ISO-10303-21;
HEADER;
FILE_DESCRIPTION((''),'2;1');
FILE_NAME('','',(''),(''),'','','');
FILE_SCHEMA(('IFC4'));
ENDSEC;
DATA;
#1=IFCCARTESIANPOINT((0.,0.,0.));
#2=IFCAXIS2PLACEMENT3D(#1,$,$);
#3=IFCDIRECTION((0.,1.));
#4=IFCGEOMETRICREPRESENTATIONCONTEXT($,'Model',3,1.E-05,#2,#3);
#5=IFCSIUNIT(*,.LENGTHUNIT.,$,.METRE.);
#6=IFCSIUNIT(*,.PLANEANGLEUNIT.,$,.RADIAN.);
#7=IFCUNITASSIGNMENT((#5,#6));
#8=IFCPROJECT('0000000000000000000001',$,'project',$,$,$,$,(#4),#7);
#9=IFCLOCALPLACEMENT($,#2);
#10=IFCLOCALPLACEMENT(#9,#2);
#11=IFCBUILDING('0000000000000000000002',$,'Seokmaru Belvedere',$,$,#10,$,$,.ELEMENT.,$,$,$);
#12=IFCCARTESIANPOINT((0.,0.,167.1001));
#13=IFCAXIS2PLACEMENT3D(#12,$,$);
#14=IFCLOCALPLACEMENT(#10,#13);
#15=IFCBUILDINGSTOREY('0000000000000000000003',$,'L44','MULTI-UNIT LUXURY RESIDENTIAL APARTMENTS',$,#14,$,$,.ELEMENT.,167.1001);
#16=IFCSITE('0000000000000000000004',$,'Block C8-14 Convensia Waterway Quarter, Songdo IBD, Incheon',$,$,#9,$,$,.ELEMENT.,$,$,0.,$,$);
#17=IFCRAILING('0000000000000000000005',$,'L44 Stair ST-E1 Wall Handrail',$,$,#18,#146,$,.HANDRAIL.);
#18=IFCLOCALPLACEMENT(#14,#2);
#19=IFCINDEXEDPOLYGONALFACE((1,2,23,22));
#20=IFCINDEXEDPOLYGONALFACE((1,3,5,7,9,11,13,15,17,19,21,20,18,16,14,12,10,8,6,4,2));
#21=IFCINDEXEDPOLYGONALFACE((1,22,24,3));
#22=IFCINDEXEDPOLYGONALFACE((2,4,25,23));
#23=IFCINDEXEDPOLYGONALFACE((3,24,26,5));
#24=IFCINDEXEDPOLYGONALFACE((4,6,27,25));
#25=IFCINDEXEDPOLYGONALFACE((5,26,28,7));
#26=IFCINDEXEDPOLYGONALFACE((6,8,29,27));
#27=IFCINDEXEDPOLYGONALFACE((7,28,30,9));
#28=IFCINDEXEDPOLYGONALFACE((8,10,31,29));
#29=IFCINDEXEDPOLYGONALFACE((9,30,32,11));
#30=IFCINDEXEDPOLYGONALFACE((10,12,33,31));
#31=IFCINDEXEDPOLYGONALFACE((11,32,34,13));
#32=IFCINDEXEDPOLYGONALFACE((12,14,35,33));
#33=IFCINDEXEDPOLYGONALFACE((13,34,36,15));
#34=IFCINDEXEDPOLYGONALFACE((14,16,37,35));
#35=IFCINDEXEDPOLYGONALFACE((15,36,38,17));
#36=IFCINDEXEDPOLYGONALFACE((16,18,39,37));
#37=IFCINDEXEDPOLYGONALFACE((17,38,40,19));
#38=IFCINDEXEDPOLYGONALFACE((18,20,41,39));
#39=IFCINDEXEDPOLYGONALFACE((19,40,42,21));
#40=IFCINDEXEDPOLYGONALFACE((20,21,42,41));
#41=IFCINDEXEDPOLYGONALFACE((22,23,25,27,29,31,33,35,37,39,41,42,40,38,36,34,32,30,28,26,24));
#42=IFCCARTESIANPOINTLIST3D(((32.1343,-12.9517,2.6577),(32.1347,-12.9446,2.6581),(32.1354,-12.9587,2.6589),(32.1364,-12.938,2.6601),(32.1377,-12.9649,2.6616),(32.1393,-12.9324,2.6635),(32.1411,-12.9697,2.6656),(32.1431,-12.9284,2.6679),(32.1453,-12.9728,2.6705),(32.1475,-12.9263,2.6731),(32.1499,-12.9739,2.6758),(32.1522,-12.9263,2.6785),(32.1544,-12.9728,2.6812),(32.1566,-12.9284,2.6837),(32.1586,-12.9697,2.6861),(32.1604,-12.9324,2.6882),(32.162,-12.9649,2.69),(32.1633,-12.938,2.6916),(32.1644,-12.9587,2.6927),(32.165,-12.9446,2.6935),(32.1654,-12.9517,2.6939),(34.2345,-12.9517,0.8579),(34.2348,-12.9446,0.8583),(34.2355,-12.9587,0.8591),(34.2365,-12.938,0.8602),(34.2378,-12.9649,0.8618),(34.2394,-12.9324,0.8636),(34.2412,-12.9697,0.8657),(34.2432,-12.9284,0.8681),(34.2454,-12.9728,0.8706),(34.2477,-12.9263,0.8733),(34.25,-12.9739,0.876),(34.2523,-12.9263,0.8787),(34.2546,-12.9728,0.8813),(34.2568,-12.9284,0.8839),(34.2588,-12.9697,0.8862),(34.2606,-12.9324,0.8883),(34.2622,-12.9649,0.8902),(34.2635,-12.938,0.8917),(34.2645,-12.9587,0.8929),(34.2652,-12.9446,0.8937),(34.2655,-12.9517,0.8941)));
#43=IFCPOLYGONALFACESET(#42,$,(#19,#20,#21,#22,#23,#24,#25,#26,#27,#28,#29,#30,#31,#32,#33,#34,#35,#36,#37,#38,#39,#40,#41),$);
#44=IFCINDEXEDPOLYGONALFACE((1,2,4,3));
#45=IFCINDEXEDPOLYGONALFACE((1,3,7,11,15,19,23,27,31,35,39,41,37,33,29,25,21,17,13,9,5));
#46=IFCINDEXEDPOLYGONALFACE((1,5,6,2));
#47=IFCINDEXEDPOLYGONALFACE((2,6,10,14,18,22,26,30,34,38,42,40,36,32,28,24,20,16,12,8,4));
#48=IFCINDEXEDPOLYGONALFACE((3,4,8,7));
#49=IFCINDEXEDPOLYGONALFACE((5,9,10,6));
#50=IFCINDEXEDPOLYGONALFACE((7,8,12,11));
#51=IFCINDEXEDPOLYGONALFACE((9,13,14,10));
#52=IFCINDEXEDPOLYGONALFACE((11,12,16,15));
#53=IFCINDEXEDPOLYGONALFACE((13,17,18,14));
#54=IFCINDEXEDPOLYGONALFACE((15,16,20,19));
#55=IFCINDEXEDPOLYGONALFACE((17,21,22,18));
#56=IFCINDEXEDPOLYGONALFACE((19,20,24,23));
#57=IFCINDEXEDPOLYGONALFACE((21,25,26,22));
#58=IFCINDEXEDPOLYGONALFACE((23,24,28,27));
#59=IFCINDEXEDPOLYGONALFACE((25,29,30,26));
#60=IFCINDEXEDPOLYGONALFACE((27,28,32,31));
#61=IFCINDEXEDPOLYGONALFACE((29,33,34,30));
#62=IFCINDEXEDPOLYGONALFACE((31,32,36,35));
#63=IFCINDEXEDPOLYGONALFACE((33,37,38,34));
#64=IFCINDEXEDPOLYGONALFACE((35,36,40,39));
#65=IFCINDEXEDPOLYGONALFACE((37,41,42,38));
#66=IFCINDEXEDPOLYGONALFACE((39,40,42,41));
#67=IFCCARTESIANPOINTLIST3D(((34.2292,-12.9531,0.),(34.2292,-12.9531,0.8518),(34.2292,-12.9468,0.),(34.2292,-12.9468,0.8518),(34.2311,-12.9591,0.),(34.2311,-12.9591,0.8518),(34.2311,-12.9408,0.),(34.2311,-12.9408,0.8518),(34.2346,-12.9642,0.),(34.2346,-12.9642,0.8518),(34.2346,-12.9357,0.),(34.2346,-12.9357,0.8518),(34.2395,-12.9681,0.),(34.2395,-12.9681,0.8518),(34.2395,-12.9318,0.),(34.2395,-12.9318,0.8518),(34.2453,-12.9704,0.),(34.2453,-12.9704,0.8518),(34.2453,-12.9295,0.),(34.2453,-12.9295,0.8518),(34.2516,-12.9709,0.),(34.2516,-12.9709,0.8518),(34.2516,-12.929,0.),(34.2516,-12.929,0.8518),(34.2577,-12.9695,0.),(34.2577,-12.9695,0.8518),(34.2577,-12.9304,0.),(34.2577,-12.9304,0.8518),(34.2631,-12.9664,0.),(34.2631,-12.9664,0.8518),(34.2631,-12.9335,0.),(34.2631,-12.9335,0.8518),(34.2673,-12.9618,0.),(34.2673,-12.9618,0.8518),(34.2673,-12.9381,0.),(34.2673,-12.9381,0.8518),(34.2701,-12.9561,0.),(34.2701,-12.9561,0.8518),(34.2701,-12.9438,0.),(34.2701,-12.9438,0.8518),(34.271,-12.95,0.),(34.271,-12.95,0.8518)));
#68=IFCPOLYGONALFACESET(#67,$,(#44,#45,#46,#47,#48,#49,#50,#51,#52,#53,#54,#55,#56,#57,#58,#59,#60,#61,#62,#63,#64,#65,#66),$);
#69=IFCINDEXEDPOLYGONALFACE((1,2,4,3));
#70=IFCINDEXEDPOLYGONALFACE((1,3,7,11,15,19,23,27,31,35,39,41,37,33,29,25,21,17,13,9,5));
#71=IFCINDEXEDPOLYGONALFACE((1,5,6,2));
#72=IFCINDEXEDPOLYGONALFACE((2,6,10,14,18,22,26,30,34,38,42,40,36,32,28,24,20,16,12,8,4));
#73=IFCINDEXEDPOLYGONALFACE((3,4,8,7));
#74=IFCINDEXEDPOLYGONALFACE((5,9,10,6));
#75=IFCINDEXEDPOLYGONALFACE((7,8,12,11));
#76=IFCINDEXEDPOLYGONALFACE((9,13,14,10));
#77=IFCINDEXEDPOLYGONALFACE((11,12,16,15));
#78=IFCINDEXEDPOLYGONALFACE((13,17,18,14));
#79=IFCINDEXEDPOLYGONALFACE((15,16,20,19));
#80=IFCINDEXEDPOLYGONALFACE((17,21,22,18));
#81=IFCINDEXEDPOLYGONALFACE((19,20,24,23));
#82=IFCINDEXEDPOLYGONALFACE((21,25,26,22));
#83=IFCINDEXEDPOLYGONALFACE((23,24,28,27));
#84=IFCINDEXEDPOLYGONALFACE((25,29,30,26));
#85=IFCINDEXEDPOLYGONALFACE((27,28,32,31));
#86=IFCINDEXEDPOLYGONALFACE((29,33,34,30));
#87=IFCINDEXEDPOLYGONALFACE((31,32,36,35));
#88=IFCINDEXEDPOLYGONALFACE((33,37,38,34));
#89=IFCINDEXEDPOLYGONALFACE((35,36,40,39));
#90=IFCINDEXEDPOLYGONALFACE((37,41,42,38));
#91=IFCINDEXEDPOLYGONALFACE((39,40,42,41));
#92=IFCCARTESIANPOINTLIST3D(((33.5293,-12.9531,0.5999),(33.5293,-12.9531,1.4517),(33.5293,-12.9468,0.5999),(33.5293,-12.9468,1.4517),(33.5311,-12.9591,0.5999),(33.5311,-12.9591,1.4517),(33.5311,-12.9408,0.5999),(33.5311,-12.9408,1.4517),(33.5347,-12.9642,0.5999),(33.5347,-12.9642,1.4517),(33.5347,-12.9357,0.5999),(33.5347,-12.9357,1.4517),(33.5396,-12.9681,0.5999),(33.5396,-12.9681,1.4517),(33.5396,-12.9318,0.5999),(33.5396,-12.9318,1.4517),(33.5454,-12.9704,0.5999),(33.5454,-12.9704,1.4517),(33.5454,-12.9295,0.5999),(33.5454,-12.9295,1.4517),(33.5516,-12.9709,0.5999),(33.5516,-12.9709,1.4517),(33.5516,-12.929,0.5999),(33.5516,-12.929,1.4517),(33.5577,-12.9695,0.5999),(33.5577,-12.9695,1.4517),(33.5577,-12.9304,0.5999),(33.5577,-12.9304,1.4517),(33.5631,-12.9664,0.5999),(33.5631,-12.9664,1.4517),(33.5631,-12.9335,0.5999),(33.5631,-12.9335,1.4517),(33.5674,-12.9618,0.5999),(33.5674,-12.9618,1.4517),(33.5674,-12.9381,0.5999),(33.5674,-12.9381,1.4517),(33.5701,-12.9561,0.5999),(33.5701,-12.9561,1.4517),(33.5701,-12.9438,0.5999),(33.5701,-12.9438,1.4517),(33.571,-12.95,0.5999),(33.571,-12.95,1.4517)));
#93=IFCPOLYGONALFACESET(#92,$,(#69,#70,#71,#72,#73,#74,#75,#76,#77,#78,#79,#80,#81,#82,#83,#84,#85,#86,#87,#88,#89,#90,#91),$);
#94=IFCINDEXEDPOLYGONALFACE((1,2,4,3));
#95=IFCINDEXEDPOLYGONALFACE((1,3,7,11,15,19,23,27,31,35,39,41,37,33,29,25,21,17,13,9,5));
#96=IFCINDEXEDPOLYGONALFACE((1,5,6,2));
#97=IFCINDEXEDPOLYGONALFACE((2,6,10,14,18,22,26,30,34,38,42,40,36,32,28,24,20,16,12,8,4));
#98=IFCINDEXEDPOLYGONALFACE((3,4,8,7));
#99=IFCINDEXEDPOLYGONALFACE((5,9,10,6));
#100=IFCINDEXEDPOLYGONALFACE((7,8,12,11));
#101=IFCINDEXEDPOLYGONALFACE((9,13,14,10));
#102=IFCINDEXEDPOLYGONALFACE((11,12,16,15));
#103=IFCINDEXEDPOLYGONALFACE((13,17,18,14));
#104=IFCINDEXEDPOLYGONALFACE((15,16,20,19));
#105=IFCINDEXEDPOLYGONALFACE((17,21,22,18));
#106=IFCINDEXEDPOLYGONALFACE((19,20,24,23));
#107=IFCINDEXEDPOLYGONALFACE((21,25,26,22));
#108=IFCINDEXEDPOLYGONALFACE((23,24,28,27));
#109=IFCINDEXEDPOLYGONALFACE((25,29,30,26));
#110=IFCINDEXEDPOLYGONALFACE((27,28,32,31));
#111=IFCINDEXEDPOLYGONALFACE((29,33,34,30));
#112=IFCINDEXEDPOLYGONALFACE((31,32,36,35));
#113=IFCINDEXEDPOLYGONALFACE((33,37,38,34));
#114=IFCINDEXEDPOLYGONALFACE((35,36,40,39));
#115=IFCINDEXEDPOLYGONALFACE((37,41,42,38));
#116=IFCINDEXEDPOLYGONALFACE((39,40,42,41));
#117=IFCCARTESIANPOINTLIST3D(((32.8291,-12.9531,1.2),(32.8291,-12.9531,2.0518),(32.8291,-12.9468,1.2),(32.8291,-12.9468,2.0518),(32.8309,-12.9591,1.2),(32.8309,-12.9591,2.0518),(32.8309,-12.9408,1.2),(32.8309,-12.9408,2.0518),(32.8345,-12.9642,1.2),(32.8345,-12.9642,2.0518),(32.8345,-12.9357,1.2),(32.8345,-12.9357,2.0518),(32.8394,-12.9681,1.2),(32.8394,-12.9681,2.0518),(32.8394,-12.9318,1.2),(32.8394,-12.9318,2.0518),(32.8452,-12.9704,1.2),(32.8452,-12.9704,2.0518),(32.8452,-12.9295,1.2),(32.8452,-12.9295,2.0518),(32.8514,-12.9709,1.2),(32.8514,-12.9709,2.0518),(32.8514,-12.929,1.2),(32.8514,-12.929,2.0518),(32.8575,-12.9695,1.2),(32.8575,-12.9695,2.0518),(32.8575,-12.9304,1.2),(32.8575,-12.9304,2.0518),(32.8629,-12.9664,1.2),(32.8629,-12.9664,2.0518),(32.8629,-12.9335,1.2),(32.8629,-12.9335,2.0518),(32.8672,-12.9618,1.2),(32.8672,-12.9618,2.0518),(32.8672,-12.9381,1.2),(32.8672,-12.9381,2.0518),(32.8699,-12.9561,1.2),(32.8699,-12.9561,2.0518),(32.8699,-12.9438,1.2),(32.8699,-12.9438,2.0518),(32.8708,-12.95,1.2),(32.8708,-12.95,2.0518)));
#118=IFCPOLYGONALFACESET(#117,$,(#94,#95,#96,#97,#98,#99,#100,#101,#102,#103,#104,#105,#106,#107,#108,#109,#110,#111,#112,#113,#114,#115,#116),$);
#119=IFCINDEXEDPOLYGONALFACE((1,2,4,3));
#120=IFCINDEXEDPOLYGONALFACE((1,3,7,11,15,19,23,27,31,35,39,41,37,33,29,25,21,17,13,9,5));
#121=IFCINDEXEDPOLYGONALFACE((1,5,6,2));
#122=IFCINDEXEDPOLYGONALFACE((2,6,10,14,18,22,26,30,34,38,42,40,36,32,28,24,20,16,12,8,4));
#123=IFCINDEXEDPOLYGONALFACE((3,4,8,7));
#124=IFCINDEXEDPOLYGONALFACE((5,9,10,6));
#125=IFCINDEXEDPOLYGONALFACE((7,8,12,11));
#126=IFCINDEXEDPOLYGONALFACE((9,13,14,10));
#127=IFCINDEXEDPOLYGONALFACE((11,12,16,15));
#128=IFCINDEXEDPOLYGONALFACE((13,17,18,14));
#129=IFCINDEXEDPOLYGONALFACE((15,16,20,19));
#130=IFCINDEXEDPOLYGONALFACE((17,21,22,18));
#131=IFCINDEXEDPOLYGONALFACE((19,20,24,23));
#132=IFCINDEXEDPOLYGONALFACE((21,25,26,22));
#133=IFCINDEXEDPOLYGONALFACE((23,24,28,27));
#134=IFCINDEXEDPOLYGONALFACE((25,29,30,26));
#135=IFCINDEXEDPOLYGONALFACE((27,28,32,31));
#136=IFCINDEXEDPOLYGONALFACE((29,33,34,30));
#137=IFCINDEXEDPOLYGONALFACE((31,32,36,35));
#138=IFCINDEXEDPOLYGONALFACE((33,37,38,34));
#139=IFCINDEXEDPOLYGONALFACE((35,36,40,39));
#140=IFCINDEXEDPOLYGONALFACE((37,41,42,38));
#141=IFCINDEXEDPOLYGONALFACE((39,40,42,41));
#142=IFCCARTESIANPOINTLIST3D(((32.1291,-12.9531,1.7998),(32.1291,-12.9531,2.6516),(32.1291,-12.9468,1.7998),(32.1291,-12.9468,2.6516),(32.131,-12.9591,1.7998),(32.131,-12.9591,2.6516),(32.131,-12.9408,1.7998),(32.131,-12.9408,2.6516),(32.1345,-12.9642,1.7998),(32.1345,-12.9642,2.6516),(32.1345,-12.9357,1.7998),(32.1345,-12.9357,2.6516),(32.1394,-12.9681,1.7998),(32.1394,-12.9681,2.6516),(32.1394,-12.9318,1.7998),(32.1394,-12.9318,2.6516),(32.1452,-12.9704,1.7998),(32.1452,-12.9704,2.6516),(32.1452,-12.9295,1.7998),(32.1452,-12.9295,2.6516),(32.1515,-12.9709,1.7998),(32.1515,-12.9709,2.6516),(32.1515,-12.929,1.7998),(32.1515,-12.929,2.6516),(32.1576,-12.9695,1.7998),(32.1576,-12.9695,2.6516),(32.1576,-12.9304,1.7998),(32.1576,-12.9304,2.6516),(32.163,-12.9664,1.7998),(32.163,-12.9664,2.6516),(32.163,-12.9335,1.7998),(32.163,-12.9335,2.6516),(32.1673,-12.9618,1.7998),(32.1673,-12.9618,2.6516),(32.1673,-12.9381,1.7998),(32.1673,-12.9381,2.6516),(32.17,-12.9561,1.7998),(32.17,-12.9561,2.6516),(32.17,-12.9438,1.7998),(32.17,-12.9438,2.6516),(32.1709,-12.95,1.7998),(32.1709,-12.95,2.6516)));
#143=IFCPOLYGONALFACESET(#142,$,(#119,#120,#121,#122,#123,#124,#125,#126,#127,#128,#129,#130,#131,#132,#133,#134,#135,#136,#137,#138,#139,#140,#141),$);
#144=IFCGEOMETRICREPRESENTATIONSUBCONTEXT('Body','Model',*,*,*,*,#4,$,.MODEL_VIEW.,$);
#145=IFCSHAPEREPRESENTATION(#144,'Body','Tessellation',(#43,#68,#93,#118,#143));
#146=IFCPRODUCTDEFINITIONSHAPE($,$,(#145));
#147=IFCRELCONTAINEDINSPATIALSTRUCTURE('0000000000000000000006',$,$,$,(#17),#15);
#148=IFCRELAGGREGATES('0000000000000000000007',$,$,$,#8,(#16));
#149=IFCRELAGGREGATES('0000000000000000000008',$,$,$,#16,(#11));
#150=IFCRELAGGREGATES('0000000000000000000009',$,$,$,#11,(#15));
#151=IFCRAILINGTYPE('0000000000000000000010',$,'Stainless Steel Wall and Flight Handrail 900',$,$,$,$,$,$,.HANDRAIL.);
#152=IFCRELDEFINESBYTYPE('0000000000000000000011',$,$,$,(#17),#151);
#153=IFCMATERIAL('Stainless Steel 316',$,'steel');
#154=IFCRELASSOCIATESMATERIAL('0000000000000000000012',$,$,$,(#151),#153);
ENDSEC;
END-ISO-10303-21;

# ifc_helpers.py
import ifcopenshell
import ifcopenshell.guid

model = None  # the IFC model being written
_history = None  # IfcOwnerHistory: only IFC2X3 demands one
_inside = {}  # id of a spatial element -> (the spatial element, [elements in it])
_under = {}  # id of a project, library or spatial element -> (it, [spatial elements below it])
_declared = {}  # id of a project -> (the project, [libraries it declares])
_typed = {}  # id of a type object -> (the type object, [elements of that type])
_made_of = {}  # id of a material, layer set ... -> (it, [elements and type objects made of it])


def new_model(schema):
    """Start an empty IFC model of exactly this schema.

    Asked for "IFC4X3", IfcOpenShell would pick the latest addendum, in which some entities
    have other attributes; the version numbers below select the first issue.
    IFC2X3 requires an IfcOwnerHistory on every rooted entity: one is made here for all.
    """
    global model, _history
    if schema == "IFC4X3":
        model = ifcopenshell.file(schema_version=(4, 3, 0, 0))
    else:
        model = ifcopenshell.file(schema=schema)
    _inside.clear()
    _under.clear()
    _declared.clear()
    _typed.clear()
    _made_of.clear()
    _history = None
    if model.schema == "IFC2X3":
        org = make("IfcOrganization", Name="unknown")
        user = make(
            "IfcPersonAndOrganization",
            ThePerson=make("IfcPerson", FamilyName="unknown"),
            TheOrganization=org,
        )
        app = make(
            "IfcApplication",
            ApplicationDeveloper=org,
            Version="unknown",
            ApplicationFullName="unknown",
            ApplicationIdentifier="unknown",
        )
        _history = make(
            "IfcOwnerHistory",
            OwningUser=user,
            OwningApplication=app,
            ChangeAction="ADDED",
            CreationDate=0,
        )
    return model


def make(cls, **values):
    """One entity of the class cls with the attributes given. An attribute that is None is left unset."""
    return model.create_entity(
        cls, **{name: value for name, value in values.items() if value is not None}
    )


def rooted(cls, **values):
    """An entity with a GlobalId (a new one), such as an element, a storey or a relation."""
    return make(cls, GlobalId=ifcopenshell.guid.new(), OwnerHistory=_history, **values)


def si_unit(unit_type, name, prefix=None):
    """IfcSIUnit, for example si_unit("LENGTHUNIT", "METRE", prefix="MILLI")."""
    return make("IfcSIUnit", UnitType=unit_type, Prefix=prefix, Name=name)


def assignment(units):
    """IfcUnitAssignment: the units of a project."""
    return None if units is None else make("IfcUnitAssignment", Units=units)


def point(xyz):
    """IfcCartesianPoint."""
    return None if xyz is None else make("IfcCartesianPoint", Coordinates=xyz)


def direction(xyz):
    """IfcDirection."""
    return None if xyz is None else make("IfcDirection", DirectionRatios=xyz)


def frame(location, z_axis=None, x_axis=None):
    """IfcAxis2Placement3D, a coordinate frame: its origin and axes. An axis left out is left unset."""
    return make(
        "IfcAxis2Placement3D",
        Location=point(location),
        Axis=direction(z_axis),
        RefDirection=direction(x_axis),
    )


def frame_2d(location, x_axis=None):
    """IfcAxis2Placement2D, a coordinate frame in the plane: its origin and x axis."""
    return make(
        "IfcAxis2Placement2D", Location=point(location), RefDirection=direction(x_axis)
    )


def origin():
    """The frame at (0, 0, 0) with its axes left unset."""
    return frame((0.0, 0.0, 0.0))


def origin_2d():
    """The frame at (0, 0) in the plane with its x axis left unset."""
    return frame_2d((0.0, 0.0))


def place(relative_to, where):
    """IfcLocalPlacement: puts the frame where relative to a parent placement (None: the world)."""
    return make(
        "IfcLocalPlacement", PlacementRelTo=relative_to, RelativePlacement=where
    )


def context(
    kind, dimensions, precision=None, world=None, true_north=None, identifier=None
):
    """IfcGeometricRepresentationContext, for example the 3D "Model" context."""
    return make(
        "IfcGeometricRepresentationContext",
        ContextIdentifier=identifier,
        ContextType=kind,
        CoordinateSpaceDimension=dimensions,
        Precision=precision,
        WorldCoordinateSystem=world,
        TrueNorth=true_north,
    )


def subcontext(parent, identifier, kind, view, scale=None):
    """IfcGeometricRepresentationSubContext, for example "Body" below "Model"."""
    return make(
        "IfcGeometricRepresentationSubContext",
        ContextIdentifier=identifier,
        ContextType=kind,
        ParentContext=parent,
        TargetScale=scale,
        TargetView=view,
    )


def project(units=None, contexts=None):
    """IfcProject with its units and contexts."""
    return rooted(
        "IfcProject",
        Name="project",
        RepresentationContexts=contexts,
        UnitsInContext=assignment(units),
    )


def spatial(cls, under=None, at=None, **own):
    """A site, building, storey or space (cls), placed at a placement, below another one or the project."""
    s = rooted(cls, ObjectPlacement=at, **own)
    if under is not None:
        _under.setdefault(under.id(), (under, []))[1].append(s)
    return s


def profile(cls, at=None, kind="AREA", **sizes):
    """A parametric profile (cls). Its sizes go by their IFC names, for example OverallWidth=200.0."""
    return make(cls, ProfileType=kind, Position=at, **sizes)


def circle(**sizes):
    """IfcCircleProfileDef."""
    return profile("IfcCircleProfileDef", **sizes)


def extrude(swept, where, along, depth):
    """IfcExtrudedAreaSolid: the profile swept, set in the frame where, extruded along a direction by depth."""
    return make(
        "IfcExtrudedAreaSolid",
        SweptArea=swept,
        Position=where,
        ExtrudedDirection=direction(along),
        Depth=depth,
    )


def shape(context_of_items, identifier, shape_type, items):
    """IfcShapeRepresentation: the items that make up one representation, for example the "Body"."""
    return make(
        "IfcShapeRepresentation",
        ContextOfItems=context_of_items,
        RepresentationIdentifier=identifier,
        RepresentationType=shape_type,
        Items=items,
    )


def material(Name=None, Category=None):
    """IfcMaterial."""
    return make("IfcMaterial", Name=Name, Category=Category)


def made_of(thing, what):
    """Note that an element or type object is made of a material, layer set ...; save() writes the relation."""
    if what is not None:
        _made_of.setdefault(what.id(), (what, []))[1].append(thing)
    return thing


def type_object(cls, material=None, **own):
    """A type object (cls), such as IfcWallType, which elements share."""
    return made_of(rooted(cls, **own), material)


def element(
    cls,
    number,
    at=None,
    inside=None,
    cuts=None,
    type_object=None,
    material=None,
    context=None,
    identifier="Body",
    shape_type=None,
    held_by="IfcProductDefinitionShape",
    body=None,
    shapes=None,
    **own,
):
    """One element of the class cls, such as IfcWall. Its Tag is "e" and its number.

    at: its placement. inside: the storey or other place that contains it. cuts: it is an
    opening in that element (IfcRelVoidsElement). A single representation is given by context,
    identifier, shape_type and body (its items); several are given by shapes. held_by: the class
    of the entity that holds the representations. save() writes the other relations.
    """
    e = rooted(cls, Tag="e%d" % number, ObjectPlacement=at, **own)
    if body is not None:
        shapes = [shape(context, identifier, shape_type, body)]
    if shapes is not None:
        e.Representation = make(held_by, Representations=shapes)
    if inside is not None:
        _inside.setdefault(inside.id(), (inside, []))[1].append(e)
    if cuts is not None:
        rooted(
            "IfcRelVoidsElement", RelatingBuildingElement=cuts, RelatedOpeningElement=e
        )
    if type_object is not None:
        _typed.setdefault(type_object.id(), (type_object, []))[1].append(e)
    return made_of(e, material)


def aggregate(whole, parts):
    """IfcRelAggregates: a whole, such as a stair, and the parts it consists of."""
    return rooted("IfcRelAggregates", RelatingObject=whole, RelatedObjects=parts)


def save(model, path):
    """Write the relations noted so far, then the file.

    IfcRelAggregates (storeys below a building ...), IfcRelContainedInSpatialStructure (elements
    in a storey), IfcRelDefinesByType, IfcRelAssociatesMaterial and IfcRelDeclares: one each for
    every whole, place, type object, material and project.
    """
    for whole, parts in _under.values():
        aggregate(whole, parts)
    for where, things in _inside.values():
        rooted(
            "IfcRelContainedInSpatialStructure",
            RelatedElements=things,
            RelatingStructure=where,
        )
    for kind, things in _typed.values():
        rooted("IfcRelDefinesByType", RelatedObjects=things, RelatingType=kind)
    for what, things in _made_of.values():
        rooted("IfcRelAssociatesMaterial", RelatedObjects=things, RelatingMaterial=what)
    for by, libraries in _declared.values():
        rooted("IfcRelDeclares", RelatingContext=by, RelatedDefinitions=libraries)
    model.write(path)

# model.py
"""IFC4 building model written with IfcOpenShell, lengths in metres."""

from ifc_helpers import new_model, si_unit, direction, frame, origin, origin_2d, place, context, subcontext, project, spatial, circle, extrude, material, type_object, element, save


model = new_model("IFC4")

# Units and contexts
model_context = context("Model", 3, precision=1e-05, world=origin(), true_north=direction((0.0, 1.0)))
body_context = subcontext(model_context, "Body", "Model", "MODEL_VIEW")
ifc_project = project(units=[si_unit("LENGTHUNIT", "METRE"), si_unit("PLANEANGLEUNIT", "RADIAN")], contexts=[model_context])

# Site, building, storey
site_placement = place(None, origin())
site = spatial("IfcSite", under=ifc_project, at=site_placement, Name="Block C8-14 Convensia Waterway Quarter, Songdo IBD, Incheon", CompositionType="ELEMENT", RefElevation=0.0)
building_placement = place(site_placement, origin())
building = spatial("IfcBuilding", under=site, at=building_placement, Name="Seokmaru Belvedere", CompositionType="ELEMENT")
storey_placement = place(building_placement, frame((0.0, 0.0, 167.1001)))
storey = spatial("IfcBuildingStorey", under=building, at=storey_placement, Name="L44", Description="MULTI-UNIT LUXURY RESIDENTIAL APARTMENTS", CompositionType="ELEMENT", Elevation=167.1001)

# Shared definitions
ifc_material_1 = material(Name="Stainless Steel 316", Category="steel")

# Railing
railing_type_1 = type_object("IfcRailingType", Name="Stainless Steel Wall and Flight Handrail 900", PredefinedType="HANDRAIL", material=ifc_material_1)
railing_1_placement = place(storey_placement, frame((34.25, -12.95, 0.0)))
element("IfcRailing", 1, at=railing_1_placement, inside=storey, type_object=railing_type_1, Name="L44 Stair ST-E1 Wall Handrail", PredefinedType="HANDRAIL", context=body_context, shape_type="SweptSolid", body=[
    extrude(circle(Radius=0.0239, at=origin_2d()), frame((0.0, 0.0, 0.876), z_axis=(-0.759306, 0.0, 0.650733), x_axis=(0.0, -1.0, 0.0)), (0.0, 0.0, 1.0), 2.7659),
    extrude(circle(Radius=0.021, at=origin_2d()), origin(), (0.0, 0.0, 1.0), 0.8518),
    extrude(circle(Radius=0.021, at=origin_2d()), frame((-0.7, 0.0, 0.5999)), (0.0, 0.0, 1.0), 0.8518),
    extrude(circle(Radius=0.021, at=origin_2d()), frame((-1.4001, 0.0, 1.2)), (0.0, 0.0, 1.0), 0.8518),
    extrude(circle(Radius=0.021, at=origin_2d()), frame((-2.1001, 0.0, 1.7998)), (0.0, 0.0, 1.0), 0.8518),
])

save(model, "model.ifc")
